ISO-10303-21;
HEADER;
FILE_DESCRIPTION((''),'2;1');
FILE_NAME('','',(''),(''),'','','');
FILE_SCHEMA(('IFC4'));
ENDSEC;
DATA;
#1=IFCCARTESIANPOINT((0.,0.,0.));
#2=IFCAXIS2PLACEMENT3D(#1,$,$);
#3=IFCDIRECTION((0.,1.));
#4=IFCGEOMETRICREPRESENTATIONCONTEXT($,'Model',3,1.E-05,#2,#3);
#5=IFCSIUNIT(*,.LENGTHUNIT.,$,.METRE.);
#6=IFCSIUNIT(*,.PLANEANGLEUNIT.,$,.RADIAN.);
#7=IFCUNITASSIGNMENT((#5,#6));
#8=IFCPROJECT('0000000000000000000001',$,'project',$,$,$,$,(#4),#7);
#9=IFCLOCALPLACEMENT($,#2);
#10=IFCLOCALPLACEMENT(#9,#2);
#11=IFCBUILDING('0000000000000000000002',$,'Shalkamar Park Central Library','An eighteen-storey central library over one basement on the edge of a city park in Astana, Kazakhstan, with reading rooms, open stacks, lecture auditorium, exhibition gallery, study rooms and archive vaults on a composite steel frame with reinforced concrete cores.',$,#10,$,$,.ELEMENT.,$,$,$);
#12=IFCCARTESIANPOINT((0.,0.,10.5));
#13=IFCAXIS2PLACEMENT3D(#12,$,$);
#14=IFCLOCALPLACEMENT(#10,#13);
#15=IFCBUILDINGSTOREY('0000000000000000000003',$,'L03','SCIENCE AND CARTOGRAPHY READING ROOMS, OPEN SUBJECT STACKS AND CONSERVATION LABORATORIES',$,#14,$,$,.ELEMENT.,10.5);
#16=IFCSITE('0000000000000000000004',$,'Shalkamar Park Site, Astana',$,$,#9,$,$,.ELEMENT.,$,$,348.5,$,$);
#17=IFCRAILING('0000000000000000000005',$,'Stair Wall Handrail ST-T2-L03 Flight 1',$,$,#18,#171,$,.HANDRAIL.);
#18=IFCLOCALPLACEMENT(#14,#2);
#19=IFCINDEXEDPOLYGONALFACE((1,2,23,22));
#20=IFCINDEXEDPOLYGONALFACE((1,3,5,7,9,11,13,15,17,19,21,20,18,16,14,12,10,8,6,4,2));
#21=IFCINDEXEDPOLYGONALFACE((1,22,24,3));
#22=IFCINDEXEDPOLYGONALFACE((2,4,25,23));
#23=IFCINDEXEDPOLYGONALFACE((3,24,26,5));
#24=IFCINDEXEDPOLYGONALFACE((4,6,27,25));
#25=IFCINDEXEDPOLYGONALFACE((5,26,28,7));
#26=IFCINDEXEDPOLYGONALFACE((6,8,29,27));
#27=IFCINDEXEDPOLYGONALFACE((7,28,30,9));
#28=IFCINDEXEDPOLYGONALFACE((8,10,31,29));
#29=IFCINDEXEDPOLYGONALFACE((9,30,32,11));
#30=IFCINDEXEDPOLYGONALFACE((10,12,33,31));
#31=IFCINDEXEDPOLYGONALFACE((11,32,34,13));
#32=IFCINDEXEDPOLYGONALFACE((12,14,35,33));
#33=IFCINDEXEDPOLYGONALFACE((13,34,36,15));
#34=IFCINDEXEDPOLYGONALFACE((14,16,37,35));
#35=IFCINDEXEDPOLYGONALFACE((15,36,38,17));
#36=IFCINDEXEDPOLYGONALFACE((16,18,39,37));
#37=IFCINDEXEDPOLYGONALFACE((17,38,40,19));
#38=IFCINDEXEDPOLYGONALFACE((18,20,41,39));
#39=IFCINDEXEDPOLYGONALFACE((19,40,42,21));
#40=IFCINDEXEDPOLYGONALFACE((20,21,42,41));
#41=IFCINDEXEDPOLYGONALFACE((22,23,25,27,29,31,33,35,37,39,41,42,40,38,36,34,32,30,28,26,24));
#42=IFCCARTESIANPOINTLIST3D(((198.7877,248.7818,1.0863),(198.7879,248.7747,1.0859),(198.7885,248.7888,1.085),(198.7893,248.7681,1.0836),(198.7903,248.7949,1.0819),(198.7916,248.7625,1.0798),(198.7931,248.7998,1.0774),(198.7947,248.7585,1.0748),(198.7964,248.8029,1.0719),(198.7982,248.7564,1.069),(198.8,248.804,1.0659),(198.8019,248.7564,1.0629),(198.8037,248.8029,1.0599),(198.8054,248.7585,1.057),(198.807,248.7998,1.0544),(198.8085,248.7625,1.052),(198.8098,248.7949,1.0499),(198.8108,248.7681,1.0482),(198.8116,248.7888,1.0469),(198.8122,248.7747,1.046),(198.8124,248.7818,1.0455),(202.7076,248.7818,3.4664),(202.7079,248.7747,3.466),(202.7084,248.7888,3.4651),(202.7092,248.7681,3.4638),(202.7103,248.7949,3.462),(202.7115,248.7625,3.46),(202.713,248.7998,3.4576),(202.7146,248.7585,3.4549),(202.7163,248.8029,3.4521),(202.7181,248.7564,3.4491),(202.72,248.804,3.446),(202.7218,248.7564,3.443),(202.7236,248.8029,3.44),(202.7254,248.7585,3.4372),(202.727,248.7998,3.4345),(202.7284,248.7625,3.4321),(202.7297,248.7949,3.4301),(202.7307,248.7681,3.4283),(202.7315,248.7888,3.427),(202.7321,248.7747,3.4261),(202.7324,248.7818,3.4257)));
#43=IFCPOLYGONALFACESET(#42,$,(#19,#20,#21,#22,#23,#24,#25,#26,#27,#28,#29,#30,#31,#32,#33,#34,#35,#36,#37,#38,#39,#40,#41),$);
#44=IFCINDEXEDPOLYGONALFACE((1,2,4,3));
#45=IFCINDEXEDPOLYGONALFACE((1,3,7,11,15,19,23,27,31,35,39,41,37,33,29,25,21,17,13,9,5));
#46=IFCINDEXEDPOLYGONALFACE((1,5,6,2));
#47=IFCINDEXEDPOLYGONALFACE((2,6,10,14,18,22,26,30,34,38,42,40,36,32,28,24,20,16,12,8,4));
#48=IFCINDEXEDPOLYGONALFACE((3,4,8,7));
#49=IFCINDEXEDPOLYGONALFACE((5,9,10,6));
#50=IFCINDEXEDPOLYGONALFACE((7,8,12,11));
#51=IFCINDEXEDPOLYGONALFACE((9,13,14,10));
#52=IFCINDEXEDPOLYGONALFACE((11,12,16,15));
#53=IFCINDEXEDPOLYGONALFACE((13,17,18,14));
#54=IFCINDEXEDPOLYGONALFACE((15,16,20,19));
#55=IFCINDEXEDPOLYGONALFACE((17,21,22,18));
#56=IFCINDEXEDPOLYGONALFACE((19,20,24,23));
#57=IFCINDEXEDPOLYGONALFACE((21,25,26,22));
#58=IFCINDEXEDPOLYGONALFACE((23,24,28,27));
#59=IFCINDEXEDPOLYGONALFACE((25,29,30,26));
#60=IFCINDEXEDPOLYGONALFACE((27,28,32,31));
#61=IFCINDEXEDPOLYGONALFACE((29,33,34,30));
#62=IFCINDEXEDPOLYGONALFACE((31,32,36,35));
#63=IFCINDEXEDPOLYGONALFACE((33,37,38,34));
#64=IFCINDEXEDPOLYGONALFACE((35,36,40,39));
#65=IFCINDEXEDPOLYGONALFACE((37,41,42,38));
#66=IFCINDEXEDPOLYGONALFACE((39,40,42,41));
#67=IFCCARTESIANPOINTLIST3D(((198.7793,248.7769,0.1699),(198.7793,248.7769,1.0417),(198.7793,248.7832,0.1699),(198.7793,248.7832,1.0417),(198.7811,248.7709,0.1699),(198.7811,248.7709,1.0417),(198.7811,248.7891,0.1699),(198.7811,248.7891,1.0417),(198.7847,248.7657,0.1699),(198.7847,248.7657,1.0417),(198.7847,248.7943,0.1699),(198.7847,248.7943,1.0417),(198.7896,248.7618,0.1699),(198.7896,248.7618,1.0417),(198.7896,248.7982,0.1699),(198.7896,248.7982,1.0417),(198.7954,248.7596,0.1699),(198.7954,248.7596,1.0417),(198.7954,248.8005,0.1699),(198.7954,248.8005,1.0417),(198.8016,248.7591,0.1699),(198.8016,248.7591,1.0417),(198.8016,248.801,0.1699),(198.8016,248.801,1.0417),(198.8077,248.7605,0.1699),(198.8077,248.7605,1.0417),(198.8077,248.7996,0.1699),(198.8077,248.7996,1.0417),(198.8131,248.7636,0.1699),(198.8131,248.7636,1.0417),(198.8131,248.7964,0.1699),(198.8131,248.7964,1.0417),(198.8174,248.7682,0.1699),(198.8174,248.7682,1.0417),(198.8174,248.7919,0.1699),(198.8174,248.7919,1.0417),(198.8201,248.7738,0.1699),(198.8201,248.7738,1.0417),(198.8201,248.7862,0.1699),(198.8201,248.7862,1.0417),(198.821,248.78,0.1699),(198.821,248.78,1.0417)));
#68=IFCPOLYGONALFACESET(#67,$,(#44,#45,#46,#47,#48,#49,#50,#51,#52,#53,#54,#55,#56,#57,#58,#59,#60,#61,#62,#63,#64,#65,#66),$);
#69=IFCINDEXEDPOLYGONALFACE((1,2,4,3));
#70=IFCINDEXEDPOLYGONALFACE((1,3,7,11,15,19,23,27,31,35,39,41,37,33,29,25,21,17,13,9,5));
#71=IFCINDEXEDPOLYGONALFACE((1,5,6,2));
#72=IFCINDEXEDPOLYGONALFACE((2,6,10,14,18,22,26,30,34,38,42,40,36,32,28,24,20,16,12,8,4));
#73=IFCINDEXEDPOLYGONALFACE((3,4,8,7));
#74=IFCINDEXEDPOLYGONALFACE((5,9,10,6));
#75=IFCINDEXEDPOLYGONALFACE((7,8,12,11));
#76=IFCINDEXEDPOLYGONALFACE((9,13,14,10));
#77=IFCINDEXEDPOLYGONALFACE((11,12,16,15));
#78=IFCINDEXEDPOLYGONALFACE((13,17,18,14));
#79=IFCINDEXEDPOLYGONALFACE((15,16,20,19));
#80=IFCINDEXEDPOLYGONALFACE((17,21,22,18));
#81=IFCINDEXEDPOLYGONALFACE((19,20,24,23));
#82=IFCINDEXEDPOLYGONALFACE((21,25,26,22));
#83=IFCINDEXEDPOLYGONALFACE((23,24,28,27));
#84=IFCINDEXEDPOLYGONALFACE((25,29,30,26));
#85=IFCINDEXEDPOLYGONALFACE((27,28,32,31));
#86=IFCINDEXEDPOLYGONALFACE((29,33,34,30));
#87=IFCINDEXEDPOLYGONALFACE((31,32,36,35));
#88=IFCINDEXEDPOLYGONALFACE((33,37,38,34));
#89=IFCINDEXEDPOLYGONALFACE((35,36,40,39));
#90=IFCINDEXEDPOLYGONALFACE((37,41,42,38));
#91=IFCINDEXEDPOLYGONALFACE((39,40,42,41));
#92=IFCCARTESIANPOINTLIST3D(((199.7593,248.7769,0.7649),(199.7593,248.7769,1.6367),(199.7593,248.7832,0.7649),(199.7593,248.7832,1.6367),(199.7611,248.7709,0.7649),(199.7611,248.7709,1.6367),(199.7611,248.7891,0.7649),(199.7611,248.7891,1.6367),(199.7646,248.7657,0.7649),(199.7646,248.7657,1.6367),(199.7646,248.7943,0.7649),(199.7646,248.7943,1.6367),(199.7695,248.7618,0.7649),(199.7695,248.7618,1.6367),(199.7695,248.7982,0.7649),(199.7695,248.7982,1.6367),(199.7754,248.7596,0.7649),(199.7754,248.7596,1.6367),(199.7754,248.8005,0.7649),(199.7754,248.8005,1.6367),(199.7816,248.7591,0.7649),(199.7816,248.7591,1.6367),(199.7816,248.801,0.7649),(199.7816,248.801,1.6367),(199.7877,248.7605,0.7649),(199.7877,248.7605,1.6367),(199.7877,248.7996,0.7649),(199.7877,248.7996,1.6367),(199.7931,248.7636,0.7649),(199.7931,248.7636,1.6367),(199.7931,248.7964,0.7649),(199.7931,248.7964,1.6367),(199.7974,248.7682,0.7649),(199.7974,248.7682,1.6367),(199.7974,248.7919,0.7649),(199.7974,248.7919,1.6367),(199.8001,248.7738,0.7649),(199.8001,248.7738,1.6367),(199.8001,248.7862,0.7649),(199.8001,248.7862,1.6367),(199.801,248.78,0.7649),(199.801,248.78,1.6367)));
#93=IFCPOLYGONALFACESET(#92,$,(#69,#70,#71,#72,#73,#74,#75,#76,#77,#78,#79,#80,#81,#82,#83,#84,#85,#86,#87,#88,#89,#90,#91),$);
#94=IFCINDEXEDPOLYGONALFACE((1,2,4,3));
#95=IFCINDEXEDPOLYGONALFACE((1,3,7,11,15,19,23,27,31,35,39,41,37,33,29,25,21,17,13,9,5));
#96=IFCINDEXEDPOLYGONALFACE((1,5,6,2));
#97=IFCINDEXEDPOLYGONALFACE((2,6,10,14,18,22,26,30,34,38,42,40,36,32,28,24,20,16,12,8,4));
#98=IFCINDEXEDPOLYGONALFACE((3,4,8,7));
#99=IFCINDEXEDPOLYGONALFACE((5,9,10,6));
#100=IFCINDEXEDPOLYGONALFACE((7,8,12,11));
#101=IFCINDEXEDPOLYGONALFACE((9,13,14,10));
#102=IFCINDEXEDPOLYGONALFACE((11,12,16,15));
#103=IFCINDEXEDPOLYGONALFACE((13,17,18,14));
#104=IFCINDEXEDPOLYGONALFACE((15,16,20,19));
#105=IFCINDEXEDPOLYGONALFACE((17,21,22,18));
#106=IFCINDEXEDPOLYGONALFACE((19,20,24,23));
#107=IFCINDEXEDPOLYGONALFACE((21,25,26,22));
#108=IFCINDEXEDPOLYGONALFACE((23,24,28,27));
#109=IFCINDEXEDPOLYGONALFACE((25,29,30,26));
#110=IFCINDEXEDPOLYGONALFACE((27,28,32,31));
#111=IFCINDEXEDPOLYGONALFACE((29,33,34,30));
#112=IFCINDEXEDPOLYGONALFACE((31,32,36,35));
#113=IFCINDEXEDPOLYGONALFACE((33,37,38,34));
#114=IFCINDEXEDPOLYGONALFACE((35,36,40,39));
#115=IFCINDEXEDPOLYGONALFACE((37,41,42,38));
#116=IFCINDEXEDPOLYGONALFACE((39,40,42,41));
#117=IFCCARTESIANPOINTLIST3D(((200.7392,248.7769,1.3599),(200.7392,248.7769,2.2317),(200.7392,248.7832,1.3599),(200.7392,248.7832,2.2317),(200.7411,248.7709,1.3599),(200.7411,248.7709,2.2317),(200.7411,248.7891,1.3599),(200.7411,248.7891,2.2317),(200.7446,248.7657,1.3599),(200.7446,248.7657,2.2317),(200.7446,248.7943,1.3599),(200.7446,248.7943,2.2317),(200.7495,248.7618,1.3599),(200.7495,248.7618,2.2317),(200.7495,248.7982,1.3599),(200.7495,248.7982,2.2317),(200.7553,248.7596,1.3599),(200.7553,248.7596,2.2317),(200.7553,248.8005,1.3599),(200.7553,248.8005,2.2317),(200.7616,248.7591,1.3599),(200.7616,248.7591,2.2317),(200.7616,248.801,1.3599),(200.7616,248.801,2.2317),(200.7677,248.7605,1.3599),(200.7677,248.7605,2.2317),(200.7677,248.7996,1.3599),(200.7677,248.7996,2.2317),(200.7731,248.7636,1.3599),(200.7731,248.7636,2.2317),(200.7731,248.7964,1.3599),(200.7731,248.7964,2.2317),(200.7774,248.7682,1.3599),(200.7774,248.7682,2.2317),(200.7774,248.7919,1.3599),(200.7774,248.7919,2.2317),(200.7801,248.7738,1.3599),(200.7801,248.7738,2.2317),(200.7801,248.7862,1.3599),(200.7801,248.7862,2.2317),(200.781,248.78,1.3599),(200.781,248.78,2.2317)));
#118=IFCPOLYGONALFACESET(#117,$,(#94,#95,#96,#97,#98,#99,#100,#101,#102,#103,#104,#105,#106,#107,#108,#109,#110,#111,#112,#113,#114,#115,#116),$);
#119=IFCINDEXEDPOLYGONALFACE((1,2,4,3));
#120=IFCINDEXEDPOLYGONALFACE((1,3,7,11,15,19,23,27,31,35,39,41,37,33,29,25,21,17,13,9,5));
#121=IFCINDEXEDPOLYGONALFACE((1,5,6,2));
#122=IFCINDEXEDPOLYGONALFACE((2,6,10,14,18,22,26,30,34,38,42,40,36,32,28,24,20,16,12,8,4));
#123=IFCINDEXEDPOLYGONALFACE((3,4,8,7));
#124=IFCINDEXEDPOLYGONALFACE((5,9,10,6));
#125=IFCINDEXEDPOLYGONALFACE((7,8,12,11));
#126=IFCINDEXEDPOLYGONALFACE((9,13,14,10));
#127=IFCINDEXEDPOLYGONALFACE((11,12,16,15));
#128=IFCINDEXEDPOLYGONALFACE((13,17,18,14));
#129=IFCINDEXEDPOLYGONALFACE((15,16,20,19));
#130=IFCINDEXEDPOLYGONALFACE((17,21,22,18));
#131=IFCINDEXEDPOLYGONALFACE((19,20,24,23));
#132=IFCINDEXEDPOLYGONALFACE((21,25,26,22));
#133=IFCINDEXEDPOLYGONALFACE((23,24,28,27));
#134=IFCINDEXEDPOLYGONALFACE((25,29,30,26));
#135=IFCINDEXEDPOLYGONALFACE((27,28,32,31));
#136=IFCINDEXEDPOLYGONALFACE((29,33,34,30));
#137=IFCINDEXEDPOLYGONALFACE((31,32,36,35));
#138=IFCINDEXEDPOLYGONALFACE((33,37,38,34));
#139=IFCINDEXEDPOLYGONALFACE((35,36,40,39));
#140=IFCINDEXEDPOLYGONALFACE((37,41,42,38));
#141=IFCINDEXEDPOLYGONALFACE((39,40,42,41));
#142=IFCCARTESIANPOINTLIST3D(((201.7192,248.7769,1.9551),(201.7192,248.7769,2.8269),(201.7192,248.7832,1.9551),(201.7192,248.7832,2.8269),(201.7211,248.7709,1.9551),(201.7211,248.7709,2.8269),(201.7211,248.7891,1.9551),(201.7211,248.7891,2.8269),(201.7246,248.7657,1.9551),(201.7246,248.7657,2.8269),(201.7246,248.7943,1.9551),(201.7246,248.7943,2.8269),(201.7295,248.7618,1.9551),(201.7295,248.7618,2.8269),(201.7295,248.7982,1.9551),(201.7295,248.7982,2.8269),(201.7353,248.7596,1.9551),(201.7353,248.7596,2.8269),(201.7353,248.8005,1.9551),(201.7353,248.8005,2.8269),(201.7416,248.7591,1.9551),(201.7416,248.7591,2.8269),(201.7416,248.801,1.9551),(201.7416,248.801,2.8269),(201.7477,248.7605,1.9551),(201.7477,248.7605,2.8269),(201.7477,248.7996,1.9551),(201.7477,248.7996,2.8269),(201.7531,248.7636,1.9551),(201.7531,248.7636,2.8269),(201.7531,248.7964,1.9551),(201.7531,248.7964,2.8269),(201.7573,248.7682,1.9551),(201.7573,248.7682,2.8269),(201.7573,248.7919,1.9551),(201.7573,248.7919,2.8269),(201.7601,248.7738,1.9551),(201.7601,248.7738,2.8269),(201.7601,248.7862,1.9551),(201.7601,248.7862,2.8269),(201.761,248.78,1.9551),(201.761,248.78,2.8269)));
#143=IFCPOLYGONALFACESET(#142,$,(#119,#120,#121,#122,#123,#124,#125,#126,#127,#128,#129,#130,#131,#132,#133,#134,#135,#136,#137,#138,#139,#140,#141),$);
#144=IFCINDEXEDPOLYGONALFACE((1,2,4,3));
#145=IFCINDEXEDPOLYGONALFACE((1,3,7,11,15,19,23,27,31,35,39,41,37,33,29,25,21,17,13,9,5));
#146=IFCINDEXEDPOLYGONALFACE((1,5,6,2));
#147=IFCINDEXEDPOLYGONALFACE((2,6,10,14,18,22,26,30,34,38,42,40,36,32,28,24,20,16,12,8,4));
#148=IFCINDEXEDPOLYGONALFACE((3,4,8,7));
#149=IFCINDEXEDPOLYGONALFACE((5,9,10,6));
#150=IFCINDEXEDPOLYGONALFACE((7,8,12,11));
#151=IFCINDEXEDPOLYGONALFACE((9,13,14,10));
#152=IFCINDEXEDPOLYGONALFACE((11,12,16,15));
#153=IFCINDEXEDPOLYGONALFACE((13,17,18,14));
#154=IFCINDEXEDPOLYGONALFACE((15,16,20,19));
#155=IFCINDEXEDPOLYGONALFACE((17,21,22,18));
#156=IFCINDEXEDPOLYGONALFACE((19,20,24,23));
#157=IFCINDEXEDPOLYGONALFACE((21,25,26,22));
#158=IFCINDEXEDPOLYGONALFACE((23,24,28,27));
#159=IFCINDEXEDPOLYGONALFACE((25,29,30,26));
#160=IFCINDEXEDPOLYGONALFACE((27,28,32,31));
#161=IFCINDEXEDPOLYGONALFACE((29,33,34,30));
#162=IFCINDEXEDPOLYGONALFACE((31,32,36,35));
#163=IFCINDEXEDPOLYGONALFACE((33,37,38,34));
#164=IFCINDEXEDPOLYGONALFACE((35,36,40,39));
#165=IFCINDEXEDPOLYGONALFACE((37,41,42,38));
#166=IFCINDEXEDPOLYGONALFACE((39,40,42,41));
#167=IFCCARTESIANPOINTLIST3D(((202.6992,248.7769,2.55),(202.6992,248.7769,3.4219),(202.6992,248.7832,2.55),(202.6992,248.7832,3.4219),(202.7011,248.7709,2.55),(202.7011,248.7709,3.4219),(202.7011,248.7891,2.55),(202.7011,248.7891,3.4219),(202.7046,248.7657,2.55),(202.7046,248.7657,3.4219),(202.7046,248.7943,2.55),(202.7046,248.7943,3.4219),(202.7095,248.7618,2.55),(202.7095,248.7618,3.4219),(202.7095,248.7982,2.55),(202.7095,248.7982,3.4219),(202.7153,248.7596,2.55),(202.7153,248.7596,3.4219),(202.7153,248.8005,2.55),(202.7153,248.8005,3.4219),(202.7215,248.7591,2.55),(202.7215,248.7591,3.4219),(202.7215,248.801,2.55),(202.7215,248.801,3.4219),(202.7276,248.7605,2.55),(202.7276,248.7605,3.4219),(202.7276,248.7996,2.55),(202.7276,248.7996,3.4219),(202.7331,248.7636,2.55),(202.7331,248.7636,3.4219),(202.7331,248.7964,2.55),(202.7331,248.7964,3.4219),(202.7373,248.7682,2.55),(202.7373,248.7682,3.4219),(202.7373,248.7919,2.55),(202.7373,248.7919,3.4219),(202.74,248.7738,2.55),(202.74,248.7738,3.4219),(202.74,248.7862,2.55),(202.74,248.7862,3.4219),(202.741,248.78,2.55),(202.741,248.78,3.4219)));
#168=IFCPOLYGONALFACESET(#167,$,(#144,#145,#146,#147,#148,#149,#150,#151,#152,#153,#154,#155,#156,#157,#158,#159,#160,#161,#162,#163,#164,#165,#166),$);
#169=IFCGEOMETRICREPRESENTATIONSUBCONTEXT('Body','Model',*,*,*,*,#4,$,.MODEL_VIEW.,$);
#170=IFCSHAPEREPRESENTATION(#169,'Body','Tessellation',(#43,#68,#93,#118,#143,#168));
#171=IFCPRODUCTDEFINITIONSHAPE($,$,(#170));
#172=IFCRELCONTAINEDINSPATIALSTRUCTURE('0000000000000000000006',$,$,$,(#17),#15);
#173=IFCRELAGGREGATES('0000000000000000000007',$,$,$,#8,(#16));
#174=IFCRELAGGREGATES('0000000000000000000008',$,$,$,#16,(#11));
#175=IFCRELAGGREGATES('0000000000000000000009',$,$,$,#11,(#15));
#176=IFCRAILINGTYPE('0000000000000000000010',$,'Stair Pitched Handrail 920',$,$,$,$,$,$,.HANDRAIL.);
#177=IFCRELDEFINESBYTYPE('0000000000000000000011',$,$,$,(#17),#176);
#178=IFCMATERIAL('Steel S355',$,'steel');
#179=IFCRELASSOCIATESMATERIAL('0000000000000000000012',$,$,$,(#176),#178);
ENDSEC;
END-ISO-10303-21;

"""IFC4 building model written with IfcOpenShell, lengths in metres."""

from ifc_helpers import new_model, si_unit, direction, frame, origin, origin_2d, place, context, subcontext, project, spatial, circle, extrude, material, type_object, element, save


model = new_model("IFC4")

# Units and contexts
model_context = context("Model", 3, precision=1e-05, world=origin(), true_north=direction((0.0, 1.0)))
body_context = subcontext(model_context, "Body", "Model", "MODEL_VIEW")
ifc_project = project(units=[si_unit("LENGTHUNIT", "METRE"), si_unit("PLANEANGLEUNIT", "RADIAN")], contexts=[model_context])

# Site, building, storey
site_placement = place(None, origin())
site = spatial("IfcSite", under=ifc_project, at=site_placement, Name="Shalkamar Park Site, Astana", CompositionType="ELEMENT", RefElevation=348.5)
building_placement = place(site_placement, origin())
building = spatial("IfcBuilding", under=site, at=building_placement, Name="Shalkamar Park Central Library", Description="An eighteen-storey central library over one basement on the edge of a city park in Astana, Kazakhstan, with reading rooms, open stacks, lecture auditorium, exhibition gallery, study rooms and archive vaults on a composite steel frame with reinforced concrete cores.", CompositionType="ELEMENT")
storey_placement = place(building_placement, frame((0.0, 0.0, 10.5)))
storey = spatial("IfcBuildingStorey", under=building, at=storey_placement, Name="L03", Description="SCIENCE AND CARTOGRAPHY READING ROOMS, OPEN SUBJECT STACKS AND CONSERVATION LABORATORIES", CompositionType="ELEMENT", Elevation=10.5)

# Shared definitions
ifc_material_1 = material(Name="Steel S355", Category="steel")

# Railing
railing_type_1 = type_object("IfcRailingType", Name="Stair Pitched Handrail 920", PredefinedType="HANDRAIL", material=ifc_material_1)
railing_1_placement = place(storey_placement, frame((198.8, 248.78, 0.1699)))
element("IfcRailing", 1, at=railing_1_placement, inside=storey, type_object=railing_type_1, Name="Stair Wall Handrail ST-T2-L03 Flight 1", PredefinedType="HANDRAIL", context=body_context, shape_type="SweptSolid", body=[
    extrude(circle(Radius=0.0239, at=origin_2d()), frame((0.0, 0.0, 0.896), z_axis=(0.854771, 0.0, 0.519006), x_axis=(0.0, 1.0, 0.0)), (0.0, 0.0, 1.0), 4.5859),
    extrude(circle(Radius=0.021, at=origin_2d()), origin(), (0.0, 0.0, 1.0), 0.8718),
    extrude(circle(Radius=0.021, at=origin_2d()), frame((0.98, 0.0, 0.595)), (0.0, 0.0, 1.0), 0.8718),
    extrude(circle(Radius=0.021, at=origin_2d()), frame((1.96, 0.0, 1.1899)), (0.0, 0.0, 1.0), 0.8718),
    extrude(circle(Radius=0.021, at=origin_2d()), frame((2.9399, 0.0, 1.7852)), (0.0, 0.0, 1.0), 0.8718),
    extrude(circle(Radius=0.021, at=origin_2d()), frame((3.9199, 0.0, 2.3801)), (0.0, 0.0, 1.0), 0.8718),
])

save(model, "model.ifc")
